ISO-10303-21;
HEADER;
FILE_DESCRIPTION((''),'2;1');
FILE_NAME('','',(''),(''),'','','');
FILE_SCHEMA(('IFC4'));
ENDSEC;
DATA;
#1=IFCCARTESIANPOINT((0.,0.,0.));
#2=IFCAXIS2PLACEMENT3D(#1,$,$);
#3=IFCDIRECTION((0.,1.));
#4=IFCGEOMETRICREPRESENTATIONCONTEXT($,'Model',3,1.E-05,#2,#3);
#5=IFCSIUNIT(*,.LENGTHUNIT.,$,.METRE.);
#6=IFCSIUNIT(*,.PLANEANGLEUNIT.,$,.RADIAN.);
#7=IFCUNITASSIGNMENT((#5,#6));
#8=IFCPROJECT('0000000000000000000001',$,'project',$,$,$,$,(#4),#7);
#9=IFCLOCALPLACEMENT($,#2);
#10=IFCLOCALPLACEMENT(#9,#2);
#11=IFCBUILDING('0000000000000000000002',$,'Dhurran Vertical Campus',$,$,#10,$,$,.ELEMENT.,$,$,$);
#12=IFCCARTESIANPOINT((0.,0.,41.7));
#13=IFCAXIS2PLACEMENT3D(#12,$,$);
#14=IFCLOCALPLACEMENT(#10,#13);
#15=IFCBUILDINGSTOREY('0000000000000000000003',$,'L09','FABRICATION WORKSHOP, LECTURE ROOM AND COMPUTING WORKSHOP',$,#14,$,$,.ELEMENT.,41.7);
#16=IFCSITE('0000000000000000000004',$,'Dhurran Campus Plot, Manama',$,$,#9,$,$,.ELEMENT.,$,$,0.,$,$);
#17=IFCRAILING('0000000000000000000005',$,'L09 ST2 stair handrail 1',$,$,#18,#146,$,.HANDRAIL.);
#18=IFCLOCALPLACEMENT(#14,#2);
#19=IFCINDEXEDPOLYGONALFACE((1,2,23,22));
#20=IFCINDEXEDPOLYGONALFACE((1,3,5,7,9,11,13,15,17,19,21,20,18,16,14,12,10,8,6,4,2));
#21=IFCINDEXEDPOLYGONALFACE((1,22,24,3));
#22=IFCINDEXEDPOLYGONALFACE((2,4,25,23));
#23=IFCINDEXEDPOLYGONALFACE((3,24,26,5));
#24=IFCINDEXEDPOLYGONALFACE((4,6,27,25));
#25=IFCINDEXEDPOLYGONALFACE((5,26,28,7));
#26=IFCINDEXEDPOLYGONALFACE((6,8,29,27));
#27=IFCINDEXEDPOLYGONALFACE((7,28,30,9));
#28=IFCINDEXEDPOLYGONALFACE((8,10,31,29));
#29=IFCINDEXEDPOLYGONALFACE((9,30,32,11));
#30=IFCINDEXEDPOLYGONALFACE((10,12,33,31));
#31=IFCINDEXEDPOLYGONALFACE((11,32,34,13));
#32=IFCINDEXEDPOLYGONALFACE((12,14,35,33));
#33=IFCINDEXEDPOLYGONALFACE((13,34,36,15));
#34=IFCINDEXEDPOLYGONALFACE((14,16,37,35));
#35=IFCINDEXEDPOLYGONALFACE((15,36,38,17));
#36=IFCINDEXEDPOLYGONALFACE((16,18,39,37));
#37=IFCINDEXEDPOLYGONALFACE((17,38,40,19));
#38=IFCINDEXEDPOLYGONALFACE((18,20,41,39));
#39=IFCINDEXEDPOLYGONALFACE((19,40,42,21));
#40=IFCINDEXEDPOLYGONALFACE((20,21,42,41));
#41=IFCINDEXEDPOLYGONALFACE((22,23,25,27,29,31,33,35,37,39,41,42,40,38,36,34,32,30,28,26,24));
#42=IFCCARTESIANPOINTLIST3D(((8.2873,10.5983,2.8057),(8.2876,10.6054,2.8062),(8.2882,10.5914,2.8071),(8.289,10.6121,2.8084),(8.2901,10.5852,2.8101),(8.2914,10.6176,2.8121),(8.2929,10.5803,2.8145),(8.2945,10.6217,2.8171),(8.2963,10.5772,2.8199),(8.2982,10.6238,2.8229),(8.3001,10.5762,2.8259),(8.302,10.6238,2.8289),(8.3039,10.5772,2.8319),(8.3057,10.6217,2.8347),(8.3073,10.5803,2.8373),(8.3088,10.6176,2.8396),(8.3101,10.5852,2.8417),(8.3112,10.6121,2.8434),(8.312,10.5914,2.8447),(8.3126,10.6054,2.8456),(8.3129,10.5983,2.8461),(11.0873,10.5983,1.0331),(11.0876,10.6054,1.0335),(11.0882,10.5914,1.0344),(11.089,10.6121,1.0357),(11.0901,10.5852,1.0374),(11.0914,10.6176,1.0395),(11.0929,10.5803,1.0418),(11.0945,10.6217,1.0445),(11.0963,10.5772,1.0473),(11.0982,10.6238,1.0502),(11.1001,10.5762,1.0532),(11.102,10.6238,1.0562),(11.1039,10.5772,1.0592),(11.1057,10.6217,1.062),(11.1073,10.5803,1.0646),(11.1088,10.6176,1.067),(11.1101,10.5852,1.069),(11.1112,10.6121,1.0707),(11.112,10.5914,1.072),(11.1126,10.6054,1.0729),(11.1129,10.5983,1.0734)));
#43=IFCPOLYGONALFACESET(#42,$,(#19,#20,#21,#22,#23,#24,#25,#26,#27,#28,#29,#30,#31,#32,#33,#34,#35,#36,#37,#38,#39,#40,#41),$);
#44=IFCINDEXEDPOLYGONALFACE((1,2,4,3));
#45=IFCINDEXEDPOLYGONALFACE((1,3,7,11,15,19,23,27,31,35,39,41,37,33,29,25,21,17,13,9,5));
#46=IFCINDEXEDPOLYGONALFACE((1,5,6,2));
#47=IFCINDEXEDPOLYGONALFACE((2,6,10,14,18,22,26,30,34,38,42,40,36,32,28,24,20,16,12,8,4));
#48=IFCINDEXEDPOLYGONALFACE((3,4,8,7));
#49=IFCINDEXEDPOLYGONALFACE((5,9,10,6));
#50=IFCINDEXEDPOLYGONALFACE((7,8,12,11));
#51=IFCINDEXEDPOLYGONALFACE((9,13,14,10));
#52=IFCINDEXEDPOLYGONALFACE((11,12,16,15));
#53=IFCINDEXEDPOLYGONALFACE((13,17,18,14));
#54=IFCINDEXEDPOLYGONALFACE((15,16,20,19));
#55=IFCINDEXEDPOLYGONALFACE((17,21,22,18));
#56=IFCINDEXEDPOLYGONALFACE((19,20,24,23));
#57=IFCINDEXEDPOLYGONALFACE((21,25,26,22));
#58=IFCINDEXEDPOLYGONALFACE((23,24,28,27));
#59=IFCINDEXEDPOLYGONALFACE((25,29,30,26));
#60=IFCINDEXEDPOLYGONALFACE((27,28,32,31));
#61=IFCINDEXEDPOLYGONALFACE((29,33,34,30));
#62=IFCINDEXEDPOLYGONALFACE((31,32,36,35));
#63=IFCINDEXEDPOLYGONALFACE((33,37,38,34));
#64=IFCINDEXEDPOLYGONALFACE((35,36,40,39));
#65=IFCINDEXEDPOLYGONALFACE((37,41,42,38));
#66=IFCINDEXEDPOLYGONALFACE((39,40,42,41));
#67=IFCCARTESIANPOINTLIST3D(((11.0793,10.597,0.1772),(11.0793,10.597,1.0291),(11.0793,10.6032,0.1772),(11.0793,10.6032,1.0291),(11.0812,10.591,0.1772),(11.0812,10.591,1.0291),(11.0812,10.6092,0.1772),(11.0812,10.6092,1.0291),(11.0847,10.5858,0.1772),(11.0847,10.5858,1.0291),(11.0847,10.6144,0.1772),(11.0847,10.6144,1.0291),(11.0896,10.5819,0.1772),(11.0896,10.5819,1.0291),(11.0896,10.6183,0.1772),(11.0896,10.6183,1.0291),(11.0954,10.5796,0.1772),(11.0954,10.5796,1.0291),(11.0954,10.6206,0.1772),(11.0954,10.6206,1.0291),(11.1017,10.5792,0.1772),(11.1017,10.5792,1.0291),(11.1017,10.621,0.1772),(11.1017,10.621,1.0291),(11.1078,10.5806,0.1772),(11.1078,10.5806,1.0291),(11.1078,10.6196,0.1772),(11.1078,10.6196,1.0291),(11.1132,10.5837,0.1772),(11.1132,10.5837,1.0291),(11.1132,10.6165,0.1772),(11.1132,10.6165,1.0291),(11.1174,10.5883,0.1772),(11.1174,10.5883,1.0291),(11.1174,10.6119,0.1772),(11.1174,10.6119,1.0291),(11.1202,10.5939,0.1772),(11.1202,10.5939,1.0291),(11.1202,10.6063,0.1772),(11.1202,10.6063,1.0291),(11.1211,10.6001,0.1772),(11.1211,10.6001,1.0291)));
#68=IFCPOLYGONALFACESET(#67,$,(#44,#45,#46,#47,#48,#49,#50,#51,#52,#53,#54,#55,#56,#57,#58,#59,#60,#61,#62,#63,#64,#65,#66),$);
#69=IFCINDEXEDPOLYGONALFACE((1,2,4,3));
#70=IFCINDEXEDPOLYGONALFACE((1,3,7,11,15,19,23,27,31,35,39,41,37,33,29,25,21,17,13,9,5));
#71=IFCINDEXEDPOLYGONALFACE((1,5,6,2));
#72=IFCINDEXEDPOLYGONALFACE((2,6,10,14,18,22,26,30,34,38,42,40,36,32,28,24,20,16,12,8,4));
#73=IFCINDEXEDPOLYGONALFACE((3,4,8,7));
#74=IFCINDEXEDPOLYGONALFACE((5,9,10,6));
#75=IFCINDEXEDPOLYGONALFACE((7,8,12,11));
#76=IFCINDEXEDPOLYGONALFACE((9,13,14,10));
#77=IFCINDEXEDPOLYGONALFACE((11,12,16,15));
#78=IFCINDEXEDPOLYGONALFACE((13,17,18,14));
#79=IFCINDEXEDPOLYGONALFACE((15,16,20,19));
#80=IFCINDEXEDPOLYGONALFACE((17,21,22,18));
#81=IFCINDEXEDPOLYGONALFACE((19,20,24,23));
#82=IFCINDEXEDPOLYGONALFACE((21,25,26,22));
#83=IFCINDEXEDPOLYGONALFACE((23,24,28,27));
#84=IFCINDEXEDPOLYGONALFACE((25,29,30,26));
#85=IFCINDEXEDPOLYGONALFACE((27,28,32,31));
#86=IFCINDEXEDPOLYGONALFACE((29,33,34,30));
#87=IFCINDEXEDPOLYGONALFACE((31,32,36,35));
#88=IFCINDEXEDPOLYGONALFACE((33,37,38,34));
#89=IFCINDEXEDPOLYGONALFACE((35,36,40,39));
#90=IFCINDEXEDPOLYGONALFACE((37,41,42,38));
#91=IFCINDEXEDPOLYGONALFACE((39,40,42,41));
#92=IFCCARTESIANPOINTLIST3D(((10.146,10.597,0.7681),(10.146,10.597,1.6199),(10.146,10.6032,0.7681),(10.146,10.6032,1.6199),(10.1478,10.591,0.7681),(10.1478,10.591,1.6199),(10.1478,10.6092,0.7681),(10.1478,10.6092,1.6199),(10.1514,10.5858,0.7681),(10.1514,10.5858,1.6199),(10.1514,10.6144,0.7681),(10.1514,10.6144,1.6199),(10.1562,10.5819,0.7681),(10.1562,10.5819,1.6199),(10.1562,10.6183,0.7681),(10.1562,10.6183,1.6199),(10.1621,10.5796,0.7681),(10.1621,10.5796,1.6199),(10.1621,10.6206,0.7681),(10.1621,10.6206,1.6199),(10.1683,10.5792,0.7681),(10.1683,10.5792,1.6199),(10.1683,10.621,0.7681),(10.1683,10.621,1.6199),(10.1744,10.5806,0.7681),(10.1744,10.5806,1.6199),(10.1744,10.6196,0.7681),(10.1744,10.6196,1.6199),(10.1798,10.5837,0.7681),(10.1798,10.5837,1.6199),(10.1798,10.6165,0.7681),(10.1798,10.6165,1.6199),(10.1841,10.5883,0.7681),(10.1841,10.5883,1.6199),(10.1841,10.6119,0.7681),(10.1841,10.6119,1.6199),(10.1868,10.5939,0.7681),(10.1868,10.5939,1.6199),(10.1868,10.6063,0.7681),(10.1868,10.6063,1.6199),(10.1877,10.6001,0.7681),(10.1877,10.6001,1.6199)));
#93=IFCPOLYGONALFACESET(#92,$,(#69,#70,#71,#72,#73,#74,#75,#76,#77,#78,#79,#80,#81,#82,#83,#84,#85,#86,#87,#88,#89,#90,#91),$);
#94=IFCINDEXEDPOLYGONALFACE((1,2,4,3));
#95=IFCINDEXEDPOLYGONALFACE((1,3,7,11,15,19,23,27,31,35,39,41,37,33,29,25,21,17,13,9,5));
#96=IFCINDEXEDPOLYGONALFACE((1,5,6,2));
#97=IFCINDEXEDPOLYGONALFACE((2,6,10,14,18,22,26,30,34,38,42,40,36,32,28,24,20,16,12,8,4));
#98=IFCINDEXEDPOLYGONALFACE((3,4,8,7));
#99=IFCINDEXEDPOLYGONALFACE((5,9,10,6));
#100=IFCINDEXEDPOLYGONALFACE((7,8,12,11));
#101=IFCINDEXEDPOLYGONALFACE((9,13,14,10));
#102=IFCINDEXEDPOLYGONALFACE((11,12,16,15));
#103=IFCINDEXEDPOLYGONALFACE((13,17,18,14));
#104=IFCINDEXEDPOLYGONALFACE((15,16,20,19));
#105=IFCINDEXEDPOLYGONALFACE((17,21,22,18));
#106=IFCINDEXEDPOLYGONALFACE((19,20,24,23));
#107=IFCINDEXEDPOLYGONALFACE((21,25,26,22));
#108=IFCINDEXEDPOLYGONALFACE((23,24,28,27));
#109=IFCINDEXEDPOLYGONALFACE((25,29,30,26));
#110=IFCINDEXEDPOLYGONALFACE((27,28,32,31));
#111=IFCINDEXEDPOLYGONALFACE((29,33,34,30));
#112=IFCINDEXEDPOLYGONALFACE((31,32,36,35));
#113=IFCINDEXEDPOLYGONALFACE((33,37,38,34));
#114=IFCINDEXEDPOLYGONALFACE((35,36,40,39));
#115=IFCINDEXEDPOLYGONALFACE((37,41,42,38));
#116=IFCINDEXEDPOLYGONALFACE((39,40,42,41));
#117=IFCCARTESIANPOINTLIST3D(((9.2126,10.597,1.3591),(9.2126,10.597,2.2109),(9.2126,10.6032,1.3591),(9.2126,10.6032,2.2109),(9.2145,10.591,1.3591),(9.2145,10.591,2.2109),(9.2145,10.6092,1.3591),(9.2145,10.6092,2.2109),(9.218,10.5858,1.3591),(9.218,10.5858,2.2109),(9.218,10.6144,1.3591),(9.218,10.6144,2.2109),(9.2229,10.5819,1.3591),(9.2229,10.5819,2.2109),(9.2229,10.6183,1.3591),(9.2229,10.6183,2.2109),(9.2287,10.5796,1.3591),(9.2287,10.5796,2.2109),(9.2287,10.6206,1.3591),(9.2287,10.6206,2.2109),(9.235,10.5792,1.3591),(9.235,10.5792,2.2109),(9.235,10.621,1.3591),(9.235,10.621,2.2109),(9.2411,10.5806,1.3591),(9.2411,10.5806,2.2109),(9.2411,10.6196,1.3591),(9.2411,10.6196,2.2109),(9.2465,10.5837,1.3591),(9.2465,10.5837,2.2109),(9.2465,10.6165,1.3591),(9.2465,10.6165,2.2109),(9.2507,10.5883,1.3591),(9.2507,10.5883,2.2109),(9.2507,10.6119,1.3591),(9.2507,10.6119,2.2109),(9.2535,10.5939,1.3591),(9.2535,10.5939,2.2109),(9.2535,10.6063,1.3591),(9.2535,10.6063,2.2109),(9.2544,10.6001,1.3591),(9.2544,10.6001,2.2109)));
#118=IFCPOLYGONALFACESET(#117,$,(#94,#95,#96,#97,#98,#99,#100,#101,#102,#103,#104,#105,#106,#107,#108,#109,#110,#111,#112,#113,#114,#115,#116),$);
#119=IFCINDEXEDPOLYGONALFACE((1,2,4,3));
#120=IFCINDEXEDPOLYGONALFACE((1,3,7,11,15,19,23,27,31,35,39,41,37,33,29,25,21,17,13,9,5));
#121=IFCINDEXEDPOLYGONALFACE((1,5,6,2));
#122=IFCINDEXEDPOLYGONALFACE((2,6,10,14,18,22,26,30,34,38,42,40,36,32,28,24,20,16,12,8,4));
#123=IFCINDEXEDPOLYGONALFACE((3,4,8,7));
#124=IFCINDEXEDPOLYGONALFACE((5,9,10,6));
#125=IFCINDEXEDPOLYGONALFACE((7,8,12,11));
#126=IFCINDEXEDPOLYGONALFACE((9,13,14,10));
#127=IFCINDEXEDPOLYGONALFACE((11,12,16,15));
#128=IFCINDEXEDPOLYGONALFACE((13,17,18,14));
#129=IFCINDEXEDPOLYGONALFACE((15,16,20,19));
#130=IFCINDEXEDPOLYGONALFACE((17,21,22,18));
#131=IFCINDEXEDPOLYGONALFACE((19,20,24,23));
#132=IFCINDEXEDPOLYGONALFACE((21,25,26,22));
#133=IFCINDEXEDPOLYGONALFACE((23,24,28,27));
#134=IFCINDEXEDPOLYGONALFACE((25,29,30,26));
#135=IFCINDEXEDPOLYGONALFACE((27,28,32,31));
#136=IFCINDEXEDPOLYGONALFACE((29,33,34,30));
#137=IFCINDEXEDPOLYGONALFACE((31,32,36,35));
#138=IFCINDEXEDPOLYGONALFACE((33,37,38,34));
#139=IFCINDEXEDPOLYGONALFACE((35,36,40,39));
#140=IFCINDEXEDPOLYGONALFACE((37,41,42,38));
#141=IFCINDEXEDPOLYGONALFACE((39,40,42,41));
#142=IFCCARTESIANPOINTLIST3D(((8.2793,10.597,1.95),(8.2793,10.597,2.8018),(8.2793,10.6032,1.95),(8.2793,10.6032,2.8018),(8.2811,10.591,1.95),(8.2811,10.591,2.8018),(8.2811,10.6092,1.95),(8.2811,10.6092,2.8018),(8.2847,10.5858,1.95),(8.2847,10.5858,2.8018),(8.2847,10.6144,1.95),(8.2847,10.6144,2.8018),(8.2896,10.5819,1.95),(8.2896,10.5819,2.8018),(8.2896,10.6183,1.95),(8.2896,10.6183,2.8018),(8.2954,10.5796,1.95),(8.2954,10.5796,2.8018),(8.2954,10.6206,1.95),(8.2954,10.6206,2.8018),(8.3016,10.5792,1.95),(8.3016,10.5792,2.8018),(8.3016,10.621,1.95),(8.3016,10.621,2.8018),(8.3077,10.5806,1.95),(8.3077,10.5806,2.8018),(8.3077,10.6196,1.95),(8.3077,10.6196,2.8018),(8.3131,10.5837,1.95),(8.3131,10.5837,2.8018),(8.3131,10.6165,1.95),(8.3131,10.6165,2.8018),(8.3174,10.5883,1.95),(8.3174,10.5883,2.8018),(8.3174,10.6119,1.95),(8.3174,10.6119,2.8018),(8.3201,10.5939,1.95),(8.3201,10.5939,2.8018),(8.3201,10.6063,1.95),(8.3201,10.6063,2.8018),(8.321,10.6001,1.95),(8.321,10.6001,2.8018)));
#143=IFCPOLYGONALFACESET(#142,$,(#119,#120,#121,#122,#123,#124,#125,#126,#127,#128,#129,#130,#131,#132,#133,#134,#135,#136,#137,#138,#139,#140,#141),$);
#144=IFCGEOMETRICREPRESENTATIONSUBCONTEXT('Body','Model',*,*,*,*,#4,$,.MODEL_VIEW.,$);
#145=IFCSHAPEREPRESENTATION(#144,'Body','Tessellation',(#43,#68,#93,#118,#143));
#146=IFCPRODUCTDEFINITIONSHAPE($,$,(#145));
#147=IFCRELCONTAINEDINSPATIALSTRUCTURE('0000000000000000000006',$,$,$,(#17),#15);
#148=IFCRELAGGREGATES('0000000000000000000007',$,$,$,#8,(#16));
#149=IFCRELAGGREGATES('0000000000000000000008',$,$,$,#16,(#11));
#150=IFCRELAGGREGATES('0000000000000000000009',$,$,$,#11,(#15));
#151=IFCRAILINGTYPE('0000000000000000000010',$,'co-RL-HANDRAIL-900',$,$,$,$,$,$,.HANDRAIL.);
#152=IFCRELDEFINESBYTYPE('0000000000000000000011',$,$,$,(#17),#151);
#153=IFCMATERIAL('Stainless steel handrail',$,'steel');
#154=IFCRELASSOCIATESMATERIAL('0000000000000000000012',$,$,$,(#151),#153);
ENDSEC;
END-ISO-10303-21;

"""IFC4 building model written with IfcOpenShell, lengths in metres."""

from ifc_helpers import new_model, si_unit, direction, frame, origin, origin_2d, place, context, subcontext, project, spatial, circle, extrude, material, type_object, element, save


model = new_model("IFC4")

# Units and contexts
model_context = context("Model", 3, precision=1e-05, world=origin(), true_north=direction((0.0, 1.0)))
body_context = subcontext(model_context, "Body", "Model", "MODEL_VIEW")
ifc_project = project(units=[si_unit("LENGTHUNIT", "METRE"), si_unit("PLANEANGLEUNIT", "RADIAN")], contexts=[model_context])

# Site, building, storey
site_placement = place(None, origin())
site = spatial("IfcSite", under=ifc_project, at=site_placement, Name="Dhurran Campus Plot, Manama", CompositionType="ELEMENT", RefElevation=0.0)
building_placement = place(site_placement, origin())
building = spatial("IfcBuilding", under=site, at=building_placement, Name="Dhurran Vertical Campus", CompositionType="ELEMENT")
storey_placement = place(building_placement, frame((0.0, 0.0, 41.7)))
storey = spatial("IfcBuildingStorey", under=building, at=storey_placement, Name="L09", Description="FABRICATION WORKSHOP, LECTURE ROOM AND COMPUTING WORKSHOP", CompositionType="ELEMENT", Elevation=41.7)

# Railing
ifc_material_1 = material(Name="Stainless steel handrail", Category="steel")
railing_type_1 = type_object("IfcRailingType", Name="co-RL-HANDRAIL-900", PredefinedType="HANDRAIL", material=ifc_material_1)
railing_1_placement = place(storey_placement, frame((11.1001, 10.6001, 0.1772)))
element("IfcRailing", 1, at=railing_1_placement, inside=storey, type_object=railing_type_1, Name="L09 ST2 stair handrail 1", PredefinedType="HANDRAIL", context=body_context, shape_type="SweptSolid", body=[
    extrude(circle(Radius=0.0239, at=origin_2d()), frame((0.0, 0.0, 0.876), z_axis=(-0.844909, 0.0, 0.53491), x_axis=(0.0, -1.0, 0.0)), (0.0, 0.0, 1.0), 3.314),
    extrude(circle(Radius=0.021, at=origin_2d()), origin(), (0.0, 0.0, 1.0), 0.8518),
    extrude(circle(Radius=0.021, at=origin_2d()), frame((-0.9333, 0.0, 0.5908)), (0.0, 0.0, 1.0), 0.8518),
    extrude(circle(Radius=0.021, at=origin_2d()), frame((-1.8667, 0.0, 1.1819)), (0.0, 0.0, 1.0), 0.8518),
    extrude(circle(Radius=0.021, at=origin_2d()), frame((-2.8, 0.0, 1.7727)), (0.0, 0.0, 1.0), 0.8518),
])

save(model, "model.ifc")
